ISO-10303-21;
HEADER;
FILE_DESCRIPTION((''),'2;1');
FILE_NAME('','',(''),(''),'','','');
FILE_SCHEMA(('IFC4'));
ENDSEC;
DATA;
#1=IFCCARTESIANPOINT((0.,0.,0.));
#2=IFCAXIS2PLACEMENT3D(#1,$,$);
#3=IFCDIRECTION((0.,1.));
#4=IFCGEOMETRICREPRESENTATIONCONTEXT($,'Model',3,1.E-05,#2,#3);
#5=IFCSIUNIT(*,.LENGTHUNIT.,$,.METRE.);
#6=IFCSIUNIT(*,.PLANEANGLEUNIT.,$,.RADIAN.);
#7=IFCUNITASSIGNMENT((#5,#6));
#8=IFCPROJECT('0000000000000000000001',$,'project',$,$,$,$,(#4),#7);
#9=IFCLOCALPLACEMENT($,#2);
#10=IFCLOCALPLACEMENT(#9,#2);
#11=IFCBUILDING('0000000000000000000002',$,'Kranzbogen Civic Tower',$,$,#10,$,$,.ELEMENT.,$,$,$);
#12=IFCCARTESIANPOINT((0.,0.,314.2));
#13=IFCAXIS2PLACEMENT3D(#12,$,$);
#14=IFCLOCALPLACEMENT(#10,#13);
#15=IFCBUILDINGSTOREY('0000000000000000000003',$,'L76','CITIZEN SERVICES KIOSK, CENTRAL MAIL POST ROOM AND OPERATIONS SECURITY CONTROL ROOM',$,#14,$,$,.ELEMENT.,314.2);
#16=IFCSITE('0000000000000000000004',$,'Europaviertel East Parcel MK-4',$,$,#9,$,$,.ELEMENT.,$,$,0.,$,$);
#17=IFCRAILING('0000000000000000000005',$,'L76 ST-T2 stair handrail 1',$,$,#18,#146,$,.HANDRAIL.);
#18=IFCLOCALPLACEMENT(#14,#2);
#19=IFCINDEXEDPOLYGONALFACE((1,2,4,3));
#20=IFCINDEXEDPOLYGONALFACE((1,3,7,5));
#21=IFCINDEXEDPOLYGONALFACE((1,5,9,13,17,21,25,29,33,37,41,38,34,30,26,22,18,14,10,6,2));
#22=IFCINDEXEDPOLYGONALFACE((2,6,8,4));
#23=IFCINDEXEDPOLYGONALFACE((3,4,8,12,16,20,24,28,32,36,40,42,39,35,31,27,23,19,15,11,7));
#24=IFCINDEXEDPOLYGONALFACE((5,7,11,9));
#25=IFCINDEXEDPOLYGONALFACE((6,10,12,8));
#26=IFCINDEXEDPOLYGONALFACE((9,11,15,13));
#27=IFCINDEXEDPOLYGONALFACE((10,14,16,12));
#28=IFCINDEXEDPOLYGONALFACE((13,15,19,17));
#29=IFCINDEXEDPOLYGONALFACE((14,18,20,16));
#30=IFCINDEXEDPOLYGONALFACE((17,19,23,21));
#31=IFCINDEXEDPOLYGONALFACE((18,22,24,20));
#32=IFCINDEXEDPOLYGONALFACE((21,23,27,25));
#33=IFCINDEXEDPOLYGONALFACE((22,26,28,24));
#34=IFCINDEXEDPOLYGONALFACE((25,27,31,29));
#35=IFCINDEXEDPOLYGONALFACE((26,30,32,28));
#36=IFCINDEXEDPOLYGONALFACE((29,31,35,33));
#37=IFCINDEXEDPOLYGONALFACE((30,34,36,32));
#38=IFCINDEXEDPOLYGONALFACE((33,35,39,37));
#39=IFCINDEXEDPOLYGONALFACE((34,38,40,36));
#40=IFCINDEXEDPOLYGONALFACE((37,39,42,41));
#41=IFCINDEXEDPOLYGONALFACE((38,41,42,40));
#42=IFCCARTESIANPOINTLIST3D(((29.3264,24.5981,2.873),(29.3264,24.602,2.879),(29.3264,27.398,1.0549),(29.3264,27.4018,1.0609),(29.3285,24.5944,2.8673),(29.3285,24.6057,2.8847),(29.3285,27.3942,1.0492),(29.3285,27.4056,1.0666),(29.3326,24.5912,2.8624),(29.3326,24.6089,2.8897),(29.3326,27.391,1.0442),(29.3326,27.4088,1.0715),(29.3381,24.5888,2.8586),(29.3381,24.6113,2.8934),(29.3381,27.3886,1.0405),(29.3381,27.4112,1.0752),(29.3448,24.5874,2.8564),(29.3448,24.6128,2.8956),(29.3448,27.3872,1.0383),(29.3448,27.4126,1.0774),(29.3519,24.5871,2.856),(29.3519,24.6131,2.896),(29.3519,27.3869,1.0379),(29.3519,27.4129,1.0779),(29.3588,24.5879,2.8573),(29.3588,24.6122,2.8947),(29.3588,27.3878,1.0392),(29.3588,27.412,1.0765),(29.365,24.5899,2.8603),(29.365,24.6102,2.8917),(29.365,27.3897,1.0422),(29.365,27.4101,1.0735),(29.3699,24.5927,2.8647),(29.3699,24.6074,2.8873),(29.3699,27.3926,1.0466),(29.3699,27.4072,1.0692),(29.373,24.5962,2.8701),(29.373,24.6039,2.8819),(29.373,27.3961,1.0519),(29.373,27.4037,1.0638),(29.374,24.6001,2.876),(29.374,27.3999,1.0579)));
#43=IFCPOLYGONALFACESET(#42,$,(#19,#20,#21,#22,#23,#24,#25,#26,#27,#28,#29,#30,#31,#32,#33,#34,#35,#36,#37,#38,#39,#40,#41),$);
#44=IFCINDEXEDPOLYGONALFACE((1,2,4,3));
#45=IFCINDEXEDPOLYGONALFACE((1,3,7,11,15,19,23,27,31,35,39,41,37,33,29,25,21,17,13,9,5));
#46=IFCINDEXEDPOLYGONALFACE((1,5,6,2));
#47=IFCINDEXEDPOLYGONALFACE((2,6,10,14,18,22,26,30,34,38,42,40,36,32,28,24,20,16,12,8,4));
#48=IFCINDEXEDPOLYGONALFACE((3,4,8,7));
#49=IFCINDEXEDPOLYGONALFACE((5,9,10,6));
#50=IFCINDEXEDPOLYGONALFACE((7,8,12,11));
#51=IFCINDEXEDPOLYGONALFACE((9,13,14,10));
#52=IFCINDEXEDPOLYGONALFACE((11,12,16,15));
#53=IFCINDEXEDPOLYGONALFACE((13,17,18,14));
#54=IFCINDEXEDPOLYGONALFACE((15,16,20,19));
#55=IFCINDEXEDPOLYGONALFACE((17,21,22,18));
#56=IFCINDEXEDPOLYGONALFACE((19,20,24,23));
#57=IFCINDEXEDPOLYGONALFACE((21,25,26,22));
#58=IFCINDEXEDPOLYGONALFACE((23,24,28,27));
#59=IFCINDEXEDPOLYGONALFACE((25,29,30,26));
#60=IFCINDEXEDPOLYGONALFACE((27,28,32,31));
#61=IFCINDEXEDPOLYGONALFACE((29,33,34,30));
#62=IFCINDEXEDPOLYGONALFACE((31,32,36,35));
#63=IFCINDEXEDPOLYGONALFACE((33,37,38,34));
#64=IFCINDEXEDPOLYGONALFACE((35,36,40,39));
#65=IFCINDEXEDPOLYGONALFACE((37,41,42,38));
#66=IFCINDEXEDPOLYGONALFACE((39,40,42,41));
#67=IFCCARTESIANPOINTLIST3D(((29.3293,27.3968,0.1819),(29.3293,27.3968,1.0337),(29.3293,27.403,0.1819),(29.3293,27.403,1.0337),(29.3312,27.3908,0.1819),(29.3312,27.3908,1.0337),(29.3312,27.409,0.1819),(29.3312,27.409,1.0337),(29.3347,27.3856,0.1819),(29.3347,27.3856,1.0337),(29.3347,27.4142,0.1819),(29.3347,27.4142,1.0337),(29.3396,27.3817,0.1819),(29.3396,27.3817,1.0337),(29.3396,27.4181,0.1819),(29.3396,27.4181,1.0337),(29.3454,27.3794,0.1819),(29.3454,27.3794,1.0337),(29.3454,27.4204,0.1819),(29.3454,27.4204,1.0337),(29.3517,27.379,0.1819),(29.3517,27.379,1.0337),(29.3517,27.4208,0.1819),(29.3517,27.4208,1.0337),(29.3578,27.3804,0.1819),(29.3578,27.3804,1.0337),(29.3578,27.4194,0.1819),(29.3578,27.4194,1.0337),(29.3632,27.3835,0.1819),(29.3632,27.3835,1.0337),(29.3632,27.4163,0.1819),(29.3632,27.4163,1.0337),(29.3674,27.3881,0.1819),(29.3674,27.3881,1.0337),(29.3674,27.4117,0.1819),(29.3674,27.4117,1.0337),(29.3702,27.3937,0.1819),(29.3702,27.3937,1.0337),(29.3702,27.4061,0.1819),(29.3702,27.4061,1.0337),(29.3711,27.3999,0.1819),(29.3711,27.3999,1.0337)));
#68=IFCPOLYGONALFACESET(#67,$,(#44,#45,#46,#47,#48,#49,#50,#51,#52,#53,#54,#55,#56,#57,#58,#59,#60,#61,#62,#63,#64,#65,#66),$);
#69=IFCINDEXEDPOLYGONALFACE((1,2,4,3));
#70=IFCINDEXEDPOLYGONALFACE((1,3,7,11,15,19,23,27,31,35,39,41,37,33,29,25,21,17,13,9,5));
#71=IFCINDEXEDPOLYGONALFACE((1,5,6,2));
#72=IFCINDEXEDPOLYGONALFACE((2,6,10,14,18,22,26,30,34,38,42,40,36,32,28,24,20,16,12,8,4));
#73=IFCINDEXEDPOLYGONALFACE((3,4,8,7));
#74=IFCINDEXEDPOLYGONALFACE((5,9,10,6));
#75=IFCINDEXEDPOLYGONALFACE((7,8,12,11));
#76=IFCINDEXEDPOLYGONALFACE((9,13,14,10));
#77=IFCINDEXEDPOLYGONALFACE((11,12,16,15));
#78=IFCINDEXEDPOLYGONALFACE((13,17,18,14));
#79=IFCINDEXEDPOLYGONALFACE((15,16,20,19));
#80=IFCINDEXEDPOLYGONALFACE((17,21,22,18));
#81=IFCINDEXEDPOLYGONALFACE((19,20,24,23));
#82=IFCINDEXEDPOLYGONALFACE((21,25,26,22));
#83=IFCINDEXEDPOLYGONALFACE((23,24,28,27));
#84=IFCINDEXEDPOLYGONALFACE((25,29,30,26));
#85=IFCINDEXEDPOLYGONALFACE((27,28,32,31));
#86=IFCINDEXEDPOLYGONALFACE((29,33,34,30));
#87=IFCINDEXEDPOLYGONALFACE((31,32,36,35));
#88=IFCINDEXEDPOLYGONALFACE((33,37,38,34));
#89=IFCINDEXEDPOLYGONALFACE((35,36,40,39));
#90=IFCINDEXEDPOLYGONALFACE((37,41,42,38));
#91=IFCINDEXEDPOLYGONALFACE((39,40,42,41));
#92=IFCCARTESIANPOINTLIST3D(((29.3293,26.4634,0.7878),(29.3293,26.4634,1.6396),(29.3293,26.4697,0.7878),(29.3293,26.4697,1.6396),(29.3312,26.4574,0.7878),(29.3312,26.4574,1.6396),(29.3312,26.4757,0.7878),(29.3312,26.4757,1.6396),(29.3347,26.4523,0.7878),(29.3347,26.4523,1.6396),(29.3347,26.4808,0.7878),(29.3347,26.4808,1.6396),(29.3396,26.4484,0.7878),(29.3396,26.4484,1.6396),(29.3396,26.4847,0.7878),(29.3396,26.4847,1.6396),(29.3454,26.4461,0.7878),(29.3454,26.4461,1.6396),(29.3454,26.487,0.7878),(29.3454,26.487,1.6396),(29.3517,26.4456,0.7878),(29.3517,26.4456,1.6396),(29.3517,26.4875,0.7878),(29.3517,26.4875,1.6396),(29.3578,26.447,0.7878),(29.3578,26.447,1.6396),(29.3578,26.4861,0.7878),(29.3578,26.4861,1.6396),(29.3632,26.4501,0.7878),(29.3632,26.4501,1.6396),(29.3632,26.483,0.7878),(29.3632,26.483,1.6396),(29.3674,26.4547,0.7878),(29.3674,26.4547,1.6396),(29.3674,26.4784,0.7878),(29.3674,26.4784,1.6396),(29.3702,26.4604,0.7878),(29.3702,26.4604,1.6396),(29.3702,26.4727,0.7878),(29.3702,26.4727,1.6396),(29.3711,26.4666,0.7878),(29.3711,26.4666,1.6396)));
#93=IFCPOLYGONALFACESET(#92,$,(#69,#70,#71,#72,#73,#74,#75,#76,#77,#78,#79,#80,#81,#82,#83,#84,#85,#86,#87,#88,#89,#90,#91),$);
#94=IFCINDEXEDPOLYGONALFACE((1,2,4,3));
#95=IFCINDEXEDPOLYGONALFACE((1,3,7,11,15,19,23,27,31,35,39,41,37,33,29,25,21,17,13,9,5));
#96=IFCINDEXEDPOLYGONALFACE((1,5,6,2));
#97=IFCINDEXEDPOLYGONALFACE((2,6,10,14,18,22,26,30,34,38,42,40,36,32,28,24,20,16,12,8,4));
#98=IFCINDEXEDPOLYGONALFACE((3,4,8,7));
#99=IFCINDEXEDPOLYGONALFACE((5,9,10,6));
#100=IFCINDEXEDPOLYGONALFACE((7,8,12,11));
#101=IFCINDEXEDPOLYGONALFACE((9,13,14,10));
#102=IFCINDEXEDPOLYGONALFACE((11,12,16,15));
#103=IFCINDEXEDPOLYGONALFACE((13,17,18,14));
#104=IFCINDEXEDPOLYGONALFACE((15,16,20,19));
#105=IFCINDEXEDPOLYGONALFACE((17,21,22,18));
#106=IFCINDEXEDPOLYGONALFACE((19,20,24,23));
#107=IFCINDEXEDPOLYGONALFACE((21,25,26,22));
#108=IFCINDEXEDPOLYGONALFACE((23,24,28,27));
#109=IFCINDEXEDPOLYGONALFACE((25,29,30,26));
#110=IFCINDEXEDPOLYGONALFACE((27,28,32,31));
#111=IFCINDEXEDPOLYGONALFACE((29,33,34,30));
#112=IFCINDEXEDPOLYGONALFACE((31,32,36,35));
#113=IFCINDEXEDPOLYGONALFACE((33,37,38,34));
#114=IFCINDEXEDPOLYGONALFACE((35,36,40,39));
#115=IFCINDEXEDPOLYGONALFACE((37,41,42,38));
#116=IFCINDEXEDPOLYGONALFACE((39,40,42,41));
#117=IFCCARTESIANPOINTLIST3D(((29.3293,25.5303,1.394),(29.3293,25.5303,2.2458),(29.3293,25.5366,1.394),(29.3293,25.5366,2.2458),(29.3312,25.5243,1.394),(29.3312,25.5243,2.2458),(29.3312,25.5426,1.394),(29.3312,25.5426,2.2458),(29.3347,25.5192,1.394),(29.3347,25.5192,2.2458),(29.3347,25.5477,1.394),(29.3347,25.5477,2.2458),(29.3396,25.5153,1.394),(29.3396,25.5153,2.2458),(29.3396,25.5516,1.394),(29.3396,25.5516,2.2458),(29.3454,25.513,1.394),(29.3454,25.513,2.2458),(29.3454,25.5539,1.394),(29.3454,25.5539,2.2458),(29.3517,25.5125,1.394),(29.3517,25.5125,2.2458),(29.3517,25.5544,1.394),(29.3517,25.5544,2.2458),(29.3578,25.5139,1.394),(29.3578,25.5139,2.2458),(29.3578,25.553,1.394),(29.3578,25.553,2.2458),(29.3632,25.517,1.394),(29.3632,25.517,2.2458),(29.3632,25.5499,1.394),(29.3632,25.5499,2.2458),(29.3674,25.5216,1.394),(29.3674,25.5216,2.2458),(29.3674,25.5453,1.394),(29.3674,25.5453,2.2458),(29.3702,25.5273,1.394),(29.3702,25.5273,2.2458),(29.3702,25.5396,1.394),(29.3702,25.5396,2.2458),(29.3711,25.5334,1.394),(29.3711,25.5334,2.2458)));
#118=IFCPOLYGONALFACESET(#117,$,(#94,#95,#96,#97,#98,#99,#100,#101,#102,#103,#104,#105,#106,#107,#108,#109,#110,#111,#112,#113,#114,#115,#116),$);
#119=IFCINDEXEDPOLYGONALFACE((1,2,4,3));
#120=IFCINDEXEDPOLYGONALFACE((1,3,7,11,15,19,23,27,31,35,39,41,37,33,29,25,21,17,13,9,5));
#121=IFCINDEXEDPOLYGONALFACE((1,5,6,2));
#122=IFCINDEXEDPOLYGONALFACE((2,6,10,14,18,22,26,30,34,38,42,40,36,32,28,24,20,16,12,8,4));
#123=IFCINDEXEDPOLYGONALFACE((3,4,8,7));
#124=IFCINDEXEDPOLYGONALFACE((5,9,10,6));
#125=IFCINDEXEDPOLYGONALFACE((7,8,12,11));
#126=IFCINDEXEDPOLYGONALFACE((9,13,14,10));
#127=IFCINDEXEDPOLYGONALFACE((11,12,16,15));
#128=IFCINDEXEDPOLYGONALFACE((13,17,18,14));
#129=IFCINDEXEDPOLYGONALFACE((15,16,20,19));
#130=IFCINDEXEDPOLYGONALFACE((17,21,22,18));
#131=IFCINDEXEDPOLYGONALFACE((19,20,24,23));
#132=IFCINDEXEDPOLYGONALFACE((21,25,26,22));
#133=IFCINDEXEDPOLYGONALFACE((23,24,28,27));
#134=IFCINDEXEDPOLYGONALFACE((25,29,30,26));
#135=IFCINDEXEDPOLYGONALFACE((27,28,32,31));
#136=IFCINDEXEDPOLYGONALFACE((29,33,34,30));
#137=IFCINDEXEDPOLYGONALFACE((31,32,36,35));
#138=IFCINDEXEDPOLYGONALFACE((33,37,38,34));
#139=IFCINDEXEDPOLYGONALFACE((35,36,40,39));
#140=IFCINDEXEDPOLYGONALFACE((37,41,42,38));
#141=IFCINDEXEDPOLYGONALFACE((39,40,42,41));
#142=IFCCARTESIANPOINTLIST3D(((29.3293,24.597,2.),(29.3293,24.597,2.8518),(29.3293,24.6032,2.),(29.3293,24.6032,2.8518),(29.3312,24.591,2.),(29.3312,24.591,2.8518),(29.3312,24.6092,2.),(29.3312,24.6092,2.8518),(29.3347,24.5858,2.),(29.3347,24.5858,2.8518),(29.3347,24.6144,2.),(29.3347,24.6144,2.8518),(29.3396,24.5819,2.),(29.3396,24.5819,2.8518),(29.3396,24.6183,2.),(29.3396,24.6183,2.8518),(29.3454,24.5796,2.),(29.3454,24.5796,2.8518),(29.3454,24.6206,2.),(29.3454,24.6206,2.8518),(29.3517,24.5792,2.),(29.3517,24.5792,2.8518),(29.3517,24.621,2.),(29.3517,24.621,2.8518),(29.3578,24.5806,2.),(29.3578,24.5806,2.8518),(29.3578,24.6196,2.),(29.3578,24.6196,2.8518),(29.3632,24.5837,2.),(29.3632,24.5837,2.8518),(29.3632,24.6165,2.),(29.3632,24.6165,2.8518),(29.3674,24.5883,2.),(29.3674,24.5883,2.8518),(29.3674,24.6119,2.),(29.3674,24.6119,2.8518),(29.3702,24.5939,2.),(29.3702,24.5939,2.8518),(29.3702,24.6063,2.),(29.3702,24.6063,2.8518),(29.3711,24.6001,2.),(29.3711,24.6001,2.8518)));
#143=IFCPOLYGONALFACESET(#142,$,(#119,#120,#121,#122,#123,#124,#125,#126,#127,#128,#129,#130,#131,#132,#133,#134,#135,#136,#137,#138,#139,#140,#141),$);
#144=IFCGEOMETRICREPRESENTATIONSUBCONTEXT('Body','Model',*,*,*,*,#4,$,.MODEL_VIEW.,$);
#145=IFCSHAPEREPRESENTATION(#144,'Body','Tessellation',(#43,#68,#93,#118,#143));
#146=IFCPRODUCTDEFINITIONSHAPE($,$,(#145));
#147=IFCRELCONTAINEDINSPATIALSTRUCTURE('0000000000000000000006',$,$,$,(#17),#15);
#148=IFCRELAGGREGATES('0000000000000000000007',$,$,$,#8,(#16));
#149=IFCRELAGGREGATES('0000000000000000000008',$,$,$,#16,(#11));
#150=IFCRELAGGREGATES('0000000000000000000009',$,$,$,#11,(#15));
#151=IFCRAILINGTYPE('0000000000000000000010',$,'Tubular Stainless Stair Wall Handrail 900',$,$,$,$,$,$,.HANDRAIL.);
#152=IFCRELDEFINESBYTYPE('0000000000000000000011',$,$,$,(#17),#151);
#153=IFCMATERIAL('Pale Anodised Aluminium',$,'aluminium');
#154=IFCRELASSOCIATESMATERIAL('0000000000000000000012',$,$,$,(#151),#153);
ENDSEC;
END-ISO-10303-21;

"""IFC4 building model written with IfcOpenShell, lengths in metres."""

from ifc_helpers import new_model, si_unit, direction, frame, origin, origin_2d, place, context, subcontext, project, spatial, circle, extrude, material, type_object, element, save


model = new_model("IFC4")

# Units and contexts
model_context = context("Model", 3, precision=1e-05, world=origin(), true_north=direction((0.0, 1.0)))
body_context = subcontext(model_context, "Body", "Model", "MODEL_VIEW")
ifc_project = project(units=[si_unit("LENGTHUNIT", "METRE"), si_unit("PLANEANGLEUNIT", "RADIAN")], contexts=[model_context])

# Site, building, storey
site_placement = place(None, origin())
site = spatial("IfcSite", under=ifc_project, at=site_placement, Name="Europaviertel East Parcel MK-4", CompositionType="ELEMENT", RefElevation=0.0)
building_placement = place(site_placement, origin())
building = spatial("IfcBuilding", under=site, at=building_placement, Name="Kranzbogen Civic Tower", CompositionType="ELEMENT")
storey_placement = place(building_placement, frame((0.0, 0.0, 314.2)))
storey = spatial("IfcBuildingStorey", under=building, at=storey_placement, Name="L76", Description="CITIZEN SERVICES KIOSK, CENTRAL MAIL POST ROOM AND OPERATIONS SECURITY CONTROL ROOM", CompositionType="ELEMENT", Elevation=314.2)

# Shared definitions
ifc_material_1 = material(Name="Pale Anodised Aluminium", Category="aluminium")

# Railing
railing_type_1 = type_object("IfcRailingType", Name="Tubular Stainless Stair Wall Handrail 900", PredefinedType="HANDRAIL", material=ifc_material_1)
railing_1_placement = place(storey_placement, frame((29.3501, 27.3999, 0.1819)))
element("IfcRailing", 1, at=railing_1_placement, inside=storey, type_object=railing_type_1, Name="L76 ST-T2 stair handrail 1", PredefinedType="HANDRAIL", context=body_context, shape_type="SweptSolid", body=[
    extrude(circle(Radius=0.0239, at=origin_2d()), frame((0.0, 0.0, 0.876), z_axis=(0.0, -0.838684, 0.544618), x_axis=(1.0, 0.0, 0.0)), (0.0, 0.0, 1.0), 3.3384),
    extrude(circle(Radius=0.021, at=origin_2d()), origin(), (0.0, 0.0, 1.0), 0.8518),
    extrude(circle(Radius=0.021, at=origin_2d()), frame((0.0, -0.9333, 0.606)), (0.0, 0.0, 1.0), 0.8518),
    extrude(circle(Radius=0.021, at=origin_2d()), frame((0.0, -1.8665, 1.2122)), (0.0, 0.0, 1.0), 0.8518),
    extrude(circle(Radius=0.021, at=origin_2d()), frame((0.0, -2.7998, 1.8181)), (0.0, 0.0, 1.0), 0.8518),
])

save(model, "model.ifc")
